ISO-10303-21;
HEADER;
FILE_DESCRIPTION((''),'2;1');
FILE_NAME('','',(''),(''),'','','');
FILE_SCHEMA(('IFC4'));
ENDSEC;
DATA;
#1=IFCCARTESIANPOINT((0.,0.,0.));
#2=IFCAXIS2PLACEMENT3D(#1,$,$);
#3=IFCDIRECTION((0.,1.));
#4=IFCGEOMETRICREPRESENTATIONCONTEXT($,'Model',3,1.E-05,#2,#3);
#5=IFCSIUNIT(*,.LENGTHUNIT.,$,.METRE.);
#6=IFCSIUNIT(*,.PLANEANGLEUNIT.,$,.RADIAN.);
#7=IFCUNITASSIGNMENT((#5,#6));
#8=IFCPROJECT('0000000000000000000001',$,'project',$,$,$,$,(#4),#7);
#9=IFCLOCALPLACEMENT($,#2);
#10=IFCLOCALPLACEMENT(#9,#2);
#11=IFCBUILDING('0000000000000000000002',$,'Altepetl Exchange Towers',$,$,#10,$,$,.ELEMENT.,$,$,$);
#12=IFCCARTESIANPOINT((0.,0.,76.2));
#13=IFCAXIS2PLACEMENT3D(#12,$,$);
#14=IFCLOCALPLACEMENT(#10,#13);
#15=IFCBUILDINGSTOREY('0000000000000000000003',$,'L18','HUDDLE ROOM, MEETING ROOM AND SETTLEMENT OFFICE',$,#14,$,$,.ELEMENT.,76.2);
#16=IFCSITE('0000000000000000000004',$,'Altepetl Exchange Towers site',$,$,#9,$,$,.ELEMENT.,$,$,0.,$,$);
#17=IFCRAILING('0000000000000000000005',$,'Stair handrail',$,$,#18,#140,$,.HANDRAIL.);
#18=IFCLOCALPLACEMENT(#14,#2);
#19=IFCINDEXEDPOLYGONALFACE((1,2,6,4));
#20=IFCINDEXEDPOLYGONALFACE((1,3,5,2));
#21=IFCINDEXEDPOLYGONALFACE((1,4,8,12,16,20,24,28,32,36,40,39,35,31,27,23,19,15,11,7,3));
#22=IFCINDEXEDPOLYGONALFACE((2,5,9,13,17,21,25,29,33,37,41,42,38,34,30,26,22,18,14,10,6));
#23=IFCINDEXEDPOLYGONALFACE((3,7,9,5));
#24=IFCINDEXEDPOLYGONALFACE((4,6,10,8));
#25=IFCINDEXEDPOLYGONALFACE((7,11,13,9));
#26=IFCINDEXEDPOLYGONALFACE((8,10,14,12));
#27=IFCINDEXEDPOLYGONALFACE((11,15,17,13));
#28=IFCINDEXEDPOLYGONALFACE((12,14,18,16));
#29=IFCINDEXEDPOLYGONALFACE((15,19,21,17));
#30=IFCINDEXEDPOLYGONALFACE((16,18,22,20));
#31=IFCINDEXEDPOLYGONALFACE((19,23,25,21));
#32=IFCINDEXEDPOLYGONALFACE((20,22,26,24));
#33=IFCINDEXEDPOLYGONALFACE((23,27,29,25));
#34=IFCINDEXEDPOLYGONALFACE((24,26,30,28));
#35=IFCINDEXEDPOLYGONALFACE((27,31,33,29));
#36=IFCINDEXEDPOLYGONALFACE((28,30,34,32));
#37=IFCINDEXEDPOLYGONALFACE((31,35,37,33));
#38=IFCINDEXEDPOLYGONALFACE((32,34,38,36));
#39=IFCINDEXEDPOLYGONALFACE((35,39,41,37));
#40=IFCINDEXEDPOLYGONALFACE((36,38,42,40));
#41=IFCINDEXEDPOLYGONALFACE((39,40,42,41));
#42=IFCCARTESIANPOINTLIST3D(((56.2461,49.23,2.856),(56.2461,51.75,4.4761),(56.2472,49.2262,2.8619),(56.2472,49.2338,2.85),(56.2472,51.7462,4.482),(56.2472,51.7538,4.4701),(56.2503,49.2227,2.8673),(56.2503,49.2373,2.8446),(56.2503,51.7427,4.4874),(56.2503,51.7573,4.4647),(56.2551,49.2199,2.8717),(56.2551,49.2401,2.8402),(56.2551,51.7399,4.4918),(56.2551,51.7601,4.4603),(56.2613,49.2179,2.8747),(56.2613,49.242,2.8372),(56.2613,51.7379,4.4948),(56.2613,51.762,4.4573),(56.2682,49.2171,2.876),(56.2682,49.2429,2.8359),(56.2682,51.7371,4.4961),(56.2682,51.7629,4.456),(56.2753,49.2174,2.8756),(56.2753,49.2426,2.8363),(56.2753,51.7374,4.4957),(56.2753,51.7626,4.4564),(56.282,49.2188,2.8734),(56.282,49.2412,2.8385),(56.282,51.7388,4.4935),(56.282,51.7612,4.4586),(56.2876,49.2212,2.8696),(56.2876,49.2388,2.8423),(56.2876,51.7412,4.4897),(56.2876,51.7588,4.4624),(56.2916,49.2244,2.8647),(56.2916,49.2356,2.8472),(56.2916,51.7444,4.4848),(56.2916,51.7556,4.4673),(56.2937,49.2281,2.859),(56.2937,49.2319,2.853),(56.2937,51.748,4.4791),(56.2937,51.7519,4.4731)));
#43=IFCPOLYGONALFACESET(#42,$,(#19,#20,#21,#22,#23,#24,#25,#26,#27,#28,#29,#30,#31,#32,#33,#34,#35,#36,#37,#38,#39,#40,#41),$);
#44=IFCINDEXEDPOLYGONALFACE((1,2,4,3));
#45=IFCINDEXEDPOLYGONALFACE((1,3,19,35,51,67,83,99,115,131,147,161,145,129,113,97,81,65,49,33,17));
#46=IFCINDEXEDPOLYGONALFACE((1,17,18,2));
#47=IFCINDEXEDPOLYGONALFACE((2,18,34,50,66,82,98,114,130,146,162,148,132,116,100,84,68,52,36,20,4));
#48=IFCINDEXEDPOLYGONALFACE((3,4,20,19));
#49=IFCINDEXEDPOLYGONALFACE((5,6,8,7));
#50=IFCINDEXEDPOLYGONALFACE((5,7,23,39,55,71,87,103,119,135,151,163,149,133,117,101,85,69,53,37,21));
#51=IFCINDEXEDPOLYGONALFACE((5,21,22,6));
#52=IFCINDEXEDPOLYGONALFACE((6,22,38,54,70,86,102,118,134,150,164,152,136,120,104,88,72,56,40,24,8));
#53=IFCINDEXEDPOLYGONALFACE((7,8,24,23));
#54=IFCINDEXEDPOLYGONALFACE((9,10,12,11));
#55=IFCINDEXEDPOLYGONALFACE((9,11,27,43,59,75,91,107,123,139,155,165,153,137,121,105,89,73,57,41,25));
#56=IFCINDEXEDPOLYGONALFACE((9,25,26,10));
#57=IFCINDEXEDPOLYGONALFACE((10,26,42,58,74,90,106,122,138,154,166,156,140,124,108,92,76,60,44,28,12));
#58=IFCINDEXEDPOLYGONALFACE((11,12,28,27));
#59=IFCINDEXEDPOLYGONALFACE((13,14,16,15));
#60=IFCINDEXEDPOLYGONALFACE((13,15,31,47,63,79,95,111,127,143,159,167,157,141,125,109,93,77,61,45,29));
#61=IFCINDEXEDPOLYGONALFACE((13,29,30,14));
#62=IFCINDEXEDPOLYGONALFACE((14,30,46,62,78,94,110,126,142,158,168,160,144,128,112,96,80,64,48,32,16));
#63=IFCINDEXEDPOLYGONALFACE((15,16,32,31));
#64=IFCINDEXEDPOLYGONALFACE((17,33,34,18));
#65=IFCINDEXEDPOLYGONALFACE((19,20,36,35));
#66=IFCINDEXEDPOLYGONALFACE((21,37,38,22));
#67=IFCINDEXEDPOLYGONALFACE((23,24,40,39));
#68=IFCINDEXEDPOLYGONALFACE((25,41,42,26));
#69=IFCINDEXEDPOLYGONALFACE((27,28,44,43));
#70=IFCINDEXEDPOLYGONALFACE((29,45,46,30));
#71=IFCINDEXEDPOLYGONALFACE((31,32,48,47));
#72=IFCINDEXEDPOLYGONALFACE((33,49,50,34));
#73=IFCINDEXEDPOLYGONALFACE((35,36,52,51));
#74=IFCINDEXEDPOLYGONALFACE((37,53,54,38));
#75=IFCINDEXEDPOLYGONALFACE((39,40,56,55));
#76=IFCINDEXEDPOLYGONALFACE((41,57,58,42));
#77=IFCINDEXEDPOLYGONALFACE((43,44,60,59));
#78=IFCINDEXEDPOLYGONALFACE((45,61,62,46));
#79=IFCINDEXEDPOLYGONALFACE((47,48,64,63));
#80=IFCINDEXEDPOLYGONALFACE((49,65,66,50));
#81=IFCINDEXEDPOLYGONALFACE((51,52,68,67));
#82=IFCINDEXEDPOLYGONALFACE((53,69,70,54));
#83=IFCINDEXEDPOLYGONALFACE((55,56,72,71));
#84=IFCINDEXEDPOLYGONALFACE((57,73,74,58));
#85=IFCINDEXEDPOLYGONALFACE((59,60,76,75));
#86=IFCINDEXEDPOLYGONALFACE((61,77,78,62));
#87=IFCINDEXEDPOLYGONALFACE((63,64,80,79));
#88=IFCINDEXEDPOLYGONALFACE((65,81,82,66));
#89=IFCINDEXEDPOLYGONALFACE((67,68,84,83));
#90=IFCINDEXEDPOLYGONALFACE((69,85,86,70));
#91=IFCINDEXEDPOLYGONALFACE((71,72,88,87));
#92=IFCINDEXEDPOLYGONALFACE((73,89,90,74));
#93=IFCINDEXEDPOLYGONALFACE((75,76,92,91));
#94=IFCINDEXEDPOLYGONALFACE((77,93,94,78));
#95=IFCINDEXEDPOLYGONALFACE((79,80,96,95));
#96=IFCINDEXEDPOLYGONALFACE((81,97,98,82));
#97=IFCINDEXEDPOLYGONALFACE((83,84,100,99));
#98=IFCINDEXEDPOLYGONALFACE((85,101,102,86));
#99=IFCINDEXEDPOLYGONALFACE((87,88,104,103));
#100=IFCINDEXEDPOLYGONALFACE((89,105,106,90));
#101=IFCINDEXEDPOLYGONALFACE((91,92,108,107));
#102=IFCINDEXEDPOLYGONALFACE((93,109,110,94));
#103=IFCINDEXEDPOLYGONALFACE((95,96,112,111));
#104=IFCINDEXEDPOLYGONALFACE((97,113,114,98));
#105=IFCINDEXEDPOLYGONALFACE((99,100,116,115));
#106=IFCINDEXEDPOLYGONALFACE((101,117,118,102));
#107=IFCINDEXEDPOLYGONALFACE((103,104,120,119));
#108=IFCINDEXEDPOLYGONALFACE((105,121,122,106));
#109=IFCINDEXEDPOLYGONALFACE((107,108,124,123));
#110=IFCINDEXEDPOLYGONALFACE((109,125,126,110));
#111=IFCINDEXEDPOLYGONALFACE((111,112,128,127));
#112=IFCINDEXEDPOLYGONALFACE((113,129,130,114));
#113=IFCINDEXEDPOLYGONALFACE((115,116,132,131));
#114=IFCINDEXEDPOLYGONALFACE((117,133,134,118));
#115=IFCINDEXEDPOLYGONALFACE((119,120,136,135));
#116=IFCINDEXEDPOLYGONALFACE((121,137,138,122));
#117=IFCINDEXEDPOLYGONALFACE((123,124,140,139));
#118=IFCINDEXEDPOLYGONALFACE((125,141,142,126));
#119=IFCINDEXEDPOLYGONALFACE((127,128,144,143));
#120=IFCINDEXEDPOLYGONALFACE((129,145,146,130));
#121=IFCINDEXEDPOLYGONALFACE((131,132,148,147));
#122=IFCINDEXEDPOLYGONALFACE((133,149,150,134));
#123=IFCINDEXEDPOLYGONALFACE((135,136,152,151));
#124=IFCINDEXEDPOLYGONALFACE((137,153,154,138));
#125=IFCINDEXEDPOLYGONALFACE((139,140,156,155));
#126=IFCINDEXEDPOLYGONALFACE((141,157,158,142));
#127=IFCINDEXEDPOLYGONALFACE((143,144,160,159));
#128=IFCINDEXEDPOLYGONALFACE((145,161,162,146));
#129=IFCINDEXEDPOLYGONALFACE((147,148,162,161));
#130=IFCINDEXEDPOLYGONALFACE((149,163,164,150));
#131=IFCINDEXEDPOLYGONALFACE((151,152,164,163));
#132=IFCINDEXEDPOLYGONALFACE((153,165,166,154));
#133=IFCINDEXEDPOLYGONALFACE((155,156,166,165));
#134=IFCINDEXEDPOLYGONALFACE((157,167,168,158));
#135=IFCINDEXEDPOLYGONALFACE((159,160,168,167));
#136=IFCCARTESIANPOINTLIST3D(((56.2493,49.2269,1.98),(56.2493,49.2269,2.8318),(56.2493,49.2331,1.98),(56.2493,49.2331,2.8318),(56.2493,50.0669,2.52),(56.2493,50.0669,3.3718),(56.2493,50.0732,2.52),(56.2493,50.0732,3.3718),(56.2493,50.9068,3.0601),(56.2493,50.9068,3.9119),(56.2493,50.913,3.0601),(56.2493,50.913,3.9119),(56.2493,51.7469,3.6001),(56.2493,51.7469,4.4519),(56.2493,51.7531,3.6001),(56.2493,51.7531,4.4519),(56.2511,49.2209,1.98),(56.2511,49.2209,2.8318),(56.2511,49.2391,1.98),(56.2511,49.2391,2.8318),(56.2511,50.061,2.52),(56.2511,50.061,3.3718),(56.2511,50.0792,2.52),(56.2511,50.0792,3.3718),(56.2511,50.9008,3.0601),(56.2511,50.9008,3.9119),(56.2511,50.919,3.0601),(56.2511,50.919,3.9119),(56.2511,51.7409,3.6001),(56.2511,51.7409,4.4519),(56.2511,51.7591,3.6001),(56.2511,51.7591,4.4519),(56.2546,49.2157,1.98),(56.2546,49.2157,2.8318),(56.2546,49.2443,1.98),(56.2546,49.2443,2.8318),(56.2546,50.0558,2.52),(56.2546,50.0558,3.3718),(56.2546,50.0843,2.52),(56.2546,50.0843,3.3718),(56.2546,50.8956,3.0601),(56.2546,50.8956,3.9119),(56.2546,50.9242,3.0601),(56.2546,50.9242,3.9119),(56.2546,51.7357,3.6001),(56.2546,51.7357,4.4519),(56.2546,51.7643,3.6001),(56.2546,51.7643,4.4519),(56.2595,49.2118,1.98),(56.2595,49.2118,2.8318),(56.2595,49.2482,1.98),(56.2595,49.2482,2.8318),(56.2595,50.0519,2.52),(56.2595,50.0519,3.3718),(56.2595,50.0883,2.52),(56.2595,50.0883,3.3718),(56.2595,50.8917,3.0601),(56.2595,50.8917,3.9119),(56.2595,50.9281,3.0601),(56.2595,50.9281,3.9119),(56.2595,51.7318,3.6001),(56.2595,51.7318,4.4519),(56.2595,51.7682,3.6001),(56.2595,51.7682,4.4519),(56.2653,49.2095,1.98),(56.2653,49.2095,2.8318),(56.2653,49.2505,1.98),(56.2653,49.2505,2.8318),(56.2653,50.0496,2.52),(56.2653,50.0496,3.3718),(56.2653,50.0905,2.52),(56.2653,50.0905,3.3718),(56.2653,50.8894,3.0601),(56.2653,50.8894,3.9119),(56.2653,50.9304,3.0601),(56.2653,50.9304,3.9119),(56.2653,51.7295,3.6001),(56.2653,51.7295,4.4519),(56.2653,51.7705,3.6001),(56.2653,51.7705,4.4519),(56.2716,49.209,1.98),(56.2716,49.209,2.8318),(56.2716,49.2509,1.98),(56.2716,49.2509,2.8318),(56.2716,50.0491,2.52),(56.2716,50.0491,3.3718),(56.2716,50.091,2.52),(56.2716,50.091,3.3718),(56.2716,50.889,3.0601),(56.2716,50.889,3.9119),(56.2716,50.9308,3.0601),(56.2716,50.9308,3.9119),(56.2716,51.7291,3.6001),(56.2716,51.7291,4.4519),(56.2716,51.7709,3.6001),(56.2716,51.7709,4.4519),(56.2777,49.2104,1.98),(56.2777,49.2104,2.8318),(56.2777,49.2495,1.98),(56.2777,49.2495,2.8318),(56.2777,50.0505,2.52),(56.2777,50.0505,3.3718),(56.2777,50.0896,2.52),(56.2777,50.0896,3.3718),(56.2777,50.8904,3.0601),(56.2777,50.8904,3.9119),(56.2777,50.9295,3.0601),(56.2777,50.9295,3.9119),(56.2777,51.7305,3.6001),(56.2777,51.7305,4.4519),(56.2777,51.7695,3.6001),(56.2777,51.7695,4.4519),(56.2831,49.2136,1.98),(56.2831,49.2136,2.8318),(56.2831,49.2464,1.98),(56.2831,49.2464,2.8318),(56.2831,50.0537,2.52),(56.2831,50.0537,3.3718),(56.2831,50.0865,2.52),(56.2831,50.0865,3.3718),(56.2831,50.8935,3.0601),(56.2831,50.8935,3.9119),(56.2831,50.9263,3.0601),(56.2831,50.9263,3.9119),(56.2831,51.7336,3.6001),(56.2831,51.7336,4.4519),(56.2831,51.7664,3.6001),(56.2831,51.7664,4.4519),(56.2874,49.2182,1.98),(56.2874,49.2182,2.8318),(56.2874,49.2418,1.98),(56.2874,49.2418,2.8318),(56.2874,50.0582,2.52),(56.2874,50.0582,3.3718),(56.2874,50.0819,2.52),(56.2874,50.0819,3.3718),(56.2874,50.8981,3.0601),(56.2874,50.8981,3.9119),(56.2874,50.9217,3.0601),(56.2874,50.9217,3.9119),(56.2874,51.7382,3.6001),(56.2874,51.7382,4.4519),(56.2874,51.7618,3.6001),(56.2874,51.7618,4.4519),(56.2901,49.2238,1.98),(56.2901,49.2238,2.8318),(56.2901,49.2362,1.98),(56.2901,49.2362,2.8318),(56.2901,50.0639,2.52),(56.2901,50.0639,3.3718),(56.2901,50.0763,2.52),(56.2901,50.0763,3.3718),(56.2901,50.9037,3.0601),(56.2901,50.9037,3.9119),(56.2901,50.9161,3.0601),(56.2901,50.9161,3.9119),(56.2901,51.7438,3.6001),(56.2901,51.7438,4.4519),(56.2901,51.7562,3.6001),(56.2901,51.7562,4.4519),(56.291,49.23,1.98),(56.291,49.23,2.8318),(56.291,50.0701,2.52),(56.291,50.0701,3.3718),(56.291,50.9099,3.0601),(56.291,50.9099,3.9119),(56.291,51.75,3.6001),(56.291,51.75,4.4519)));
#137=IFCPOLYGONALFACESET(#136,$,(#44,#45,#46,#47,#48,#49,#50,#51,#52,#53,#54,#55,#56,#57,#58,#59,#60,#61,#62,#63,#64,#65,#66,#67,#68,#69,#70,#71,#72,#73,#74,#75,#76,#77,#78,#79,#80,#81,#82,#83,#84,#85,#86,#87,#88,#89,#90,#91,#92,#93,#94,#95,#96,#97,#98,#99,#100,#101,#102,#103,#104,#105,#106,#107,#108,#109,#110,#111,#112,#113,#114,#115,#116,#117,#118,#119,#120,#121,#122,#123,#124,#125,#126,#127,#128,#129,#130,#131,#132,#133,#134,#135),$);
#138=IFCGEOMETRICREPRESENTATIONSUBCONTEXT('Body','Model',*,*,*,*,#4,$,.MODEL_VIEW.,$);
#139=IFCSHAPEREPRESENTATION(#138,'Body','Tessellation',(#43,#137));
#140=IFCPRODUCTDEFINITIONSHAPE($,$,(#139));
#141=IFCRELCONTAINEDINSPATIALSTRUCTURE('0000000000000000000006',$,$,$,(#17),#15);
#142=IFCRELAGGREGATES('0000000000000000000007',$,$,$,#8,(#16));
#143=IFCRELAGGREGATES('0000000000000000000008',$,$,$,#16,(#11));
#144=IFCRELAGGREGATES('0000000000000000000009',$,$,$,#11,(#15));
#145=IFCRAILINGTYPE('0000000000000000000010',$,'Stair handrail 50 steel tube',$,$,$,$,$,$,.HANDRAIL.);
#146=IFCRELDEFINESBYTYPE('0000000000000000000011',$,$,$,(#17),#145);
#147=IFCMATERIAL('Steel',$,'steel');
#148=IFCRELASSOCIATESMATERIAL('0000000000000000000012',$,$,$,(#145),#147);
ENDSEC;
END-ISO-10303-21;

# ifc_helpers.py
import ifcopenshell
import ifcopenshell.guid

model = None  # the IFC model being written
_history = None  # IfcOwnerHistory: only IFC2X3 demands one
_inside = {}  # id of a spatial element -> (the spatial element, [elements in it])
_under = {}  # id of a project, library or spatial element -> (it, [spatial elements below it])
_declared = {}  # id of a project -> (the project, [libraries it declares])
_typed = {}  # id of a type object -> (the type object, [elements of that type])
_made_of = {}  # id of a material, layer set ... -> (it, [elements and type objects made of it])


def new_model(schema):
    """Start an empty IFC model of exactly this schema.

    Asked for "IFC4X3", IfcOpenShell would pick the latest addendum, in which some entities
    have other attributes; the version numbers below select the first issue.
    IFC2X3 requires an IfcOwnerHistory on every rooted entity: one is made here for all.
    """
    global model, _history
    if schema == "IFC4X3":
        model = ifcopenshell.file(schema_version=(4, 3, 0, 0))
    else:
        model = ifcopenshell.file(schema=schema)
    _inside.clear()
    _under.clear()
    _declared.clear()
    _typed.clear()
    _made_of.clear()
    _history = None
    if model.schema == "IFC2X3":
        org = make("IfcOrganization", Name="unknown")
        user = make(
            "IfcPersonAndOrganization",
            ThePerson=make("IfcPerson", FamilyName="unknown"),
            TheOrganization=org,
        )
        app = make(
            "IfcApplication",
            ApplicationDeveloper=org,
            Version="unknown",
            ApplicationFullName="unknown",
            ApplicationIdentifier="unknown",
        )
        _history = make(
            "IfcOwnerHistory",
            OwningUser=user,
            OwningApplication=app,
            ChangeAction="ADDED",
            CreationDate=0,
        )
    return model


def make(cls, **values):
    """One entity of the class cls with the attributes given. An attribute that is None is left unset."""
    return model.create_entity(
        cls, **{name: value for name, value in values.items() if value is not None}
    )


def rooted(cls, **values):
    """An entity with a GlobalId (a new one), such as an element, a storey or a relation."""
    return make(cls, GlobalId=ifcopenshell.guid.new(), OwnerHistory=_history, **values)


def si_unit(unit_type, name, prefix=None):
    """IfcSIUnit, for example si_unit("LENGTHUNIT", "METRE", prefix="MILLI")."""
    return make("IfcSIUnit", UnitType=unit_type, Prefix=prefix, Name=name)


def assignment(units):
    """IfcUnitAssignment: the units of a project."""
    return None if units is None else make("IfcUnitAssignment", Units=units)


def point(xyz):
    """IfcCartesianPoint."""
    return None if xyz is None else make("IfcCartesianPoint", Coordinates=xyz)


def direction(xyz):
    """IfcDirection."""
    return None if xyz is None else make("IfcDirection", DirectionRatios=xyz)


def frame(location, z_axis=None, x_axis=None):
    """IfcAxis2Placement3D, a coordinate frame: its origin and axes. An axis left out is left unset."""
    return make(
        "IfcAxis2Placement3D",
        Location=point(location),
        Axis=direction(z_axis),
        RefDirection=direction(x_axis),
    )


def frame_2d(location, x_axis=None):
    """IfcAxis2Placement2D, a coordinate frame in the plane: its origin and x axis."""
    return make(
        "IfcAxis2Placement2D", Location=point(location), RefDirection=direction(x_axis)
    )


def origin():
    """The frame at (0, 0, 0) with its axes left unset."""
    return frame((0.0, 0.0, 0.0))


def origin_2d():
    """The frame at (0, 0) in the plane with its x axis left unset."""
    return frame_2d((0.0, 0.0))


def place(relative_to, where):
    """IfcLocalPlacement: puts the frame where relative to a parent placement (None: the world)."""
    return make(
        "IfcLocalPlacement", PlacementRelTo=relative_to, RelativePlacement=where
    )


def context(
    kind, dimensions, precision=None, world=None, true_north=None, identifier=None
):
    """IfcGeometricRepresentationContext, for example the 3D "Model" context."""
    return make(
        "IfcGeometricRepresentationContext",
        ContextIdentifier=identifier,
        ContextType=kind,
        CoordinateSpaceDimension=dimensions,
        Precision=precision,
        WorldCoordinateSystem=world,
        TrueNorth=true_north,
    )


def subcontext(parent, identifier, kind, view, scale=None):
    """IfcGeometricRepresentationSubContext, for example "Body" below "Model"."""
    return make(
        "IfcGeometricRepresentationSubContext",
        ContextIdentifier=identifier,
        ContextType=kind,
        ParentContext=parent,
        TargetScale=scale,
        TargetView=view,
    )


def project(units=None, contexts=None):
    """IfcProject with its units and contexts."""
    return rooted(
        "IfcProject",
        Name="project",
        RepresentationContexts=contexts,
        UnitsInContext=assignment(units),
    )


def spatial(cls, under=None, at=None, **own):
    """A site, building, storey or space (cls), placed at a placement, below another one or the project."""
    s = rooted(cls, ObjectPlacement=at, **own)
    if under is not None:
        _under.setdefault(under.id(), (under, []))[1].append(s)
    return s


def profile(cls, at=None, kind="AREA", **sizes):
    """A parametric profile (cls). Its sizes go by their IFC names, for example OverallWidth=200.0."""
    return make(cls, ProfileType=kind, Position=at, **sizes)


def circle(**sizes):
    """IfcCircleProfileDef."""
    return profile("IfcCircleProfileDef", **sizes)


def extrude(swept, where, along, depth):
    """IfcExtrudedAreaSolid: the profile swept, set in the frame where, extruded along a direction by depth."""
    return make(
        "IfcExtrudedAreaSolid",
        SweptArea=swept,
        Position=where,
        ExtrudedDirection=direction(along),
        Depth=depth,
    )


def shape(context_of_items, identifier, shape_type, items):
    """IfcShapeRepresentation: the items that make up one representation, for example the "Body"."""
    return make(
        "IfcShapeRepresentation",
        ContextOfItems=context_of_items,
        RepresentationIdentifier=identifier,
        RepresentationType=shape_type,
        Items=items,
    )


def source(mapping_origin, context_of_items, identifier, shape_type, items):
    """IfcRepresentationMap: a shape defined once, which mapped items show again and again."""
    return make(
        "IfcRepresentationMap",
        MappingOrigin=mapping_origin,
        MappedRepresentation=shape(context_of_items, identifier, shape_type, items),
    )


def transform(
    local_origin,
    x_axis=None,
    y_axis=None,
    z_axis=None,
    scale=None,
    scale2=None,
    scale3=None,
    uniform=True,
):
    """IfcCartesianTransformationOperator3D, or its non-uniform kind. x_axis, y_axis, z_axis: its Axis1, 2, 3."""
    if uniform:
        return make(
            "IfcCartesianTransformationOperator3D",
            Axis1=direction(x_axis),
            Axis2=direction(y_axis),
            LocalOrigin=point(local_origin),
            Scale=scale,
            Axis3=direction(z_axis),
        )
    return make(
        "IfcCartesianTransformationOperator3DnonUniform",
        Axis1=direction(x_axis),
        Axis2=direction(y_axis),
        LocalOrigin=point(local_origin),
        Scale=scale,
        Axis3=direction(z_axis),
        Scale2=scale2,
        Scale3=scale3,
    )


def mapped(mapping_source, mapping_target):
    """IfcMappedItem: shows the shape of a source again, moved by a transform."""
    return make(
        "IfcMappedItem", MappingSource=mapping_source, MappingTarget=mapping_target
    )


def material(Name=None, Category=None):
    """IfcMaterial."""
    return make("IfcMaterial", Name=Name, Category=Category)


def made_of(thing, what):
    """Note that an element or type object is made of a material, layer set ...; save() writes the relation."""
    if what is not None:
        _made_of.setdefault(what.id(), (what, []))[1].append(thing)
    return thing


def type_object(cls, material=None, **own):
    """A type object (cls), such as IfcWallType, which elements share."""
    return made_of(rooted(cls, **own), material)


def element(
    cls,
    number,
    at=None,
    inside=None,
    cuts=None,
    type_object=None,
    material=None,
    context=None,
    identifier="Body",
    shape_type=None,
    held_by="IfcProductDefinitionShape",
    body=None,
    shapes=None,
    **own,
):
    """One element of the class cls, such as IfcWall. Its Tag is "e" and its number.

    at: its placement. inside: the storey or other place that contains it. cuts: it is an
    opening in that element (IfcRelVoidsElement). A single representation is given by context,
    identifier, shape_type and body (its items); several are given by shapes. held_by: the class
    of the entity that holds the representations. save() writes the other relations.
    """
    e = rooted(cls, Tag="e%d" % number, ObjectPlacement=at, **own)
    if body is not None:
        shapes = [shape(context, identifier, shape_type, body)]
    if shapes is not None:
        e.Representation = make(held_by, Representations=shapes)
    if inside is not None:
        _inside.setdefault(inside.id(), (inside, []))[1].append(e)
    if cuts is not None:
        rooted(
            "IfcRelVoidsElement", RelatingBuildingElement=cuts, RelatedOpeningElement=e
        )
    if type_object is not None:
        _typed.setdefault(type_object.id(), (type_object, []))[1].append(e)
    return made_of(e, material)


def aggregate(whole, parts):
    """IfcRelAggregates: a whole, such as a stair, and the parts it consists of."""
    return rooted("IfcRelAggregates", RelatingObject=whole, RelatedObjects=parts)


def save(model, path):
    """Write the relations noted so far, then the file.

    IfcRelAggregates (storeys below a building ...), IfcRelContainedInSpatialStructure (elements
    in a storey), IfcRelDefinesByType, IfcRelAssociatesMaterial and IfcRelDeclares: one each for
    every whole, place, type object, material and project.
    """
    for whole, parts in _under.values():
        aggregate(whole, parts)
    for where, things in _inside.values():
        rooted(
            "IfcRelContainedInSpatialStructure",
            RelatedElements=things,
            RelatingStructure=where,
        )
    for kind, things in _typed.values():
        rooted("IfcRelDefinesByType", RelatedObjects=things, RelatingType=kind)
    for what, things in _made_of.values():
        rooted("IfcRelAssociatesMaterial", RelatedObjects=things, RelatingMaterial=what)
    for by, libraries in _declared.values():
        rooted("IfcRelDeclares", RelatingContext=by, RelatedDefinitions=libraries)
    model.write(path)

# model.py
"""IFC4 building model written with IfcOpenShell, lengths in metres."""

from ifc_helpers import new_model, si_unit, direction, frame, origin, origin_2d, place, context, subcontext, project, spatial, circle, extrude, source, transform, mapped, material, type_object, element, save


model = new_model("IFC4")

# Units and contexts
model_context = context("Model", 3, precision=1e-05, world=origin(), true_north=direction((0.0, 1.0)))
body_context = subcontext(model_context, "Body", "Model", "MODEL_VIEW")
ifc_project = project(units=[si_unit("LENGTHUNIT", "METRE"), si_unit("PLANEANGLEUNIT", "RADIAN")], contexts=[model_context])

# Site, building, storey
site_placement = place(None, origin())
site = spatial("IfcSite", under=ifc_project, at=site_placement, Name="Altepetl Exchange Towers site", CompositionType="ELEMENT", RefElevation=0.0)
building_placement = place(site_placement, origin())
building = spatial("IfcBuilding", under=site, at=building_placement, Name="Altepetl Exchange Towers", CompositionType="ELEMENT")
storey_placement = place(building_placement, frame((0.0, 0.0, 76.2)))
storey = spatial("IfcBuildingStorey", under=building, at=storey_placement, Name="L18", Description="HUDDLE ROOM, MEETING ROOM AND SETTLEMENT OFFICE", CompositionType="ELEMENT", Elevation=76.2)

# Railing
ifc_material_1 = material(Name="Steel", Category="steel")
railing_type = type_object("IfcRailingType", Name="Stair handrail 50 steel tube", PredefinedType="HANDRAIL", material=ifc_material_1)
shared_shape = source(origin(), body_context, "Body", "SweptSolid", [
    extrude(circle(Radius=0.021, at=origin_2d()), origin(), (0.0, 0.0, 1.0), 0.8518),
])
railing_1_placement = place(storey_placement, frame((56.27, 49.23, 1.98)))
element("IfcRailing", 1, at=railing_1_placement, inside=storey, type_object=railing_type, Name="Stair handrail", PredefinedType="HANDRAIL", context=body_context, shape_type="SweptSolid", body=[
    extrude(circle(Radius=0.0239, at=origin_2d()), frame((0.0, 0.0, 0.876), z_axis=(0.0, 0.841163, 0.540782), x_axis=(-1.0, 0.0, 0.0)), (0.0, 0.0, 1.0), 2.9958),
    mapped(shared_shape, transform((0.0, 0.0, 0.0))),
    mapped(shared_shape, transform((0.0, 0.8401, 0.54))),
    mapped(shared_shape, transform((0.0, 1.6799, 1.0801))),
    mapped(shared_shape, transform((0.0, 2.52, 1.6201))),
])

save(model, "model.ifc")
